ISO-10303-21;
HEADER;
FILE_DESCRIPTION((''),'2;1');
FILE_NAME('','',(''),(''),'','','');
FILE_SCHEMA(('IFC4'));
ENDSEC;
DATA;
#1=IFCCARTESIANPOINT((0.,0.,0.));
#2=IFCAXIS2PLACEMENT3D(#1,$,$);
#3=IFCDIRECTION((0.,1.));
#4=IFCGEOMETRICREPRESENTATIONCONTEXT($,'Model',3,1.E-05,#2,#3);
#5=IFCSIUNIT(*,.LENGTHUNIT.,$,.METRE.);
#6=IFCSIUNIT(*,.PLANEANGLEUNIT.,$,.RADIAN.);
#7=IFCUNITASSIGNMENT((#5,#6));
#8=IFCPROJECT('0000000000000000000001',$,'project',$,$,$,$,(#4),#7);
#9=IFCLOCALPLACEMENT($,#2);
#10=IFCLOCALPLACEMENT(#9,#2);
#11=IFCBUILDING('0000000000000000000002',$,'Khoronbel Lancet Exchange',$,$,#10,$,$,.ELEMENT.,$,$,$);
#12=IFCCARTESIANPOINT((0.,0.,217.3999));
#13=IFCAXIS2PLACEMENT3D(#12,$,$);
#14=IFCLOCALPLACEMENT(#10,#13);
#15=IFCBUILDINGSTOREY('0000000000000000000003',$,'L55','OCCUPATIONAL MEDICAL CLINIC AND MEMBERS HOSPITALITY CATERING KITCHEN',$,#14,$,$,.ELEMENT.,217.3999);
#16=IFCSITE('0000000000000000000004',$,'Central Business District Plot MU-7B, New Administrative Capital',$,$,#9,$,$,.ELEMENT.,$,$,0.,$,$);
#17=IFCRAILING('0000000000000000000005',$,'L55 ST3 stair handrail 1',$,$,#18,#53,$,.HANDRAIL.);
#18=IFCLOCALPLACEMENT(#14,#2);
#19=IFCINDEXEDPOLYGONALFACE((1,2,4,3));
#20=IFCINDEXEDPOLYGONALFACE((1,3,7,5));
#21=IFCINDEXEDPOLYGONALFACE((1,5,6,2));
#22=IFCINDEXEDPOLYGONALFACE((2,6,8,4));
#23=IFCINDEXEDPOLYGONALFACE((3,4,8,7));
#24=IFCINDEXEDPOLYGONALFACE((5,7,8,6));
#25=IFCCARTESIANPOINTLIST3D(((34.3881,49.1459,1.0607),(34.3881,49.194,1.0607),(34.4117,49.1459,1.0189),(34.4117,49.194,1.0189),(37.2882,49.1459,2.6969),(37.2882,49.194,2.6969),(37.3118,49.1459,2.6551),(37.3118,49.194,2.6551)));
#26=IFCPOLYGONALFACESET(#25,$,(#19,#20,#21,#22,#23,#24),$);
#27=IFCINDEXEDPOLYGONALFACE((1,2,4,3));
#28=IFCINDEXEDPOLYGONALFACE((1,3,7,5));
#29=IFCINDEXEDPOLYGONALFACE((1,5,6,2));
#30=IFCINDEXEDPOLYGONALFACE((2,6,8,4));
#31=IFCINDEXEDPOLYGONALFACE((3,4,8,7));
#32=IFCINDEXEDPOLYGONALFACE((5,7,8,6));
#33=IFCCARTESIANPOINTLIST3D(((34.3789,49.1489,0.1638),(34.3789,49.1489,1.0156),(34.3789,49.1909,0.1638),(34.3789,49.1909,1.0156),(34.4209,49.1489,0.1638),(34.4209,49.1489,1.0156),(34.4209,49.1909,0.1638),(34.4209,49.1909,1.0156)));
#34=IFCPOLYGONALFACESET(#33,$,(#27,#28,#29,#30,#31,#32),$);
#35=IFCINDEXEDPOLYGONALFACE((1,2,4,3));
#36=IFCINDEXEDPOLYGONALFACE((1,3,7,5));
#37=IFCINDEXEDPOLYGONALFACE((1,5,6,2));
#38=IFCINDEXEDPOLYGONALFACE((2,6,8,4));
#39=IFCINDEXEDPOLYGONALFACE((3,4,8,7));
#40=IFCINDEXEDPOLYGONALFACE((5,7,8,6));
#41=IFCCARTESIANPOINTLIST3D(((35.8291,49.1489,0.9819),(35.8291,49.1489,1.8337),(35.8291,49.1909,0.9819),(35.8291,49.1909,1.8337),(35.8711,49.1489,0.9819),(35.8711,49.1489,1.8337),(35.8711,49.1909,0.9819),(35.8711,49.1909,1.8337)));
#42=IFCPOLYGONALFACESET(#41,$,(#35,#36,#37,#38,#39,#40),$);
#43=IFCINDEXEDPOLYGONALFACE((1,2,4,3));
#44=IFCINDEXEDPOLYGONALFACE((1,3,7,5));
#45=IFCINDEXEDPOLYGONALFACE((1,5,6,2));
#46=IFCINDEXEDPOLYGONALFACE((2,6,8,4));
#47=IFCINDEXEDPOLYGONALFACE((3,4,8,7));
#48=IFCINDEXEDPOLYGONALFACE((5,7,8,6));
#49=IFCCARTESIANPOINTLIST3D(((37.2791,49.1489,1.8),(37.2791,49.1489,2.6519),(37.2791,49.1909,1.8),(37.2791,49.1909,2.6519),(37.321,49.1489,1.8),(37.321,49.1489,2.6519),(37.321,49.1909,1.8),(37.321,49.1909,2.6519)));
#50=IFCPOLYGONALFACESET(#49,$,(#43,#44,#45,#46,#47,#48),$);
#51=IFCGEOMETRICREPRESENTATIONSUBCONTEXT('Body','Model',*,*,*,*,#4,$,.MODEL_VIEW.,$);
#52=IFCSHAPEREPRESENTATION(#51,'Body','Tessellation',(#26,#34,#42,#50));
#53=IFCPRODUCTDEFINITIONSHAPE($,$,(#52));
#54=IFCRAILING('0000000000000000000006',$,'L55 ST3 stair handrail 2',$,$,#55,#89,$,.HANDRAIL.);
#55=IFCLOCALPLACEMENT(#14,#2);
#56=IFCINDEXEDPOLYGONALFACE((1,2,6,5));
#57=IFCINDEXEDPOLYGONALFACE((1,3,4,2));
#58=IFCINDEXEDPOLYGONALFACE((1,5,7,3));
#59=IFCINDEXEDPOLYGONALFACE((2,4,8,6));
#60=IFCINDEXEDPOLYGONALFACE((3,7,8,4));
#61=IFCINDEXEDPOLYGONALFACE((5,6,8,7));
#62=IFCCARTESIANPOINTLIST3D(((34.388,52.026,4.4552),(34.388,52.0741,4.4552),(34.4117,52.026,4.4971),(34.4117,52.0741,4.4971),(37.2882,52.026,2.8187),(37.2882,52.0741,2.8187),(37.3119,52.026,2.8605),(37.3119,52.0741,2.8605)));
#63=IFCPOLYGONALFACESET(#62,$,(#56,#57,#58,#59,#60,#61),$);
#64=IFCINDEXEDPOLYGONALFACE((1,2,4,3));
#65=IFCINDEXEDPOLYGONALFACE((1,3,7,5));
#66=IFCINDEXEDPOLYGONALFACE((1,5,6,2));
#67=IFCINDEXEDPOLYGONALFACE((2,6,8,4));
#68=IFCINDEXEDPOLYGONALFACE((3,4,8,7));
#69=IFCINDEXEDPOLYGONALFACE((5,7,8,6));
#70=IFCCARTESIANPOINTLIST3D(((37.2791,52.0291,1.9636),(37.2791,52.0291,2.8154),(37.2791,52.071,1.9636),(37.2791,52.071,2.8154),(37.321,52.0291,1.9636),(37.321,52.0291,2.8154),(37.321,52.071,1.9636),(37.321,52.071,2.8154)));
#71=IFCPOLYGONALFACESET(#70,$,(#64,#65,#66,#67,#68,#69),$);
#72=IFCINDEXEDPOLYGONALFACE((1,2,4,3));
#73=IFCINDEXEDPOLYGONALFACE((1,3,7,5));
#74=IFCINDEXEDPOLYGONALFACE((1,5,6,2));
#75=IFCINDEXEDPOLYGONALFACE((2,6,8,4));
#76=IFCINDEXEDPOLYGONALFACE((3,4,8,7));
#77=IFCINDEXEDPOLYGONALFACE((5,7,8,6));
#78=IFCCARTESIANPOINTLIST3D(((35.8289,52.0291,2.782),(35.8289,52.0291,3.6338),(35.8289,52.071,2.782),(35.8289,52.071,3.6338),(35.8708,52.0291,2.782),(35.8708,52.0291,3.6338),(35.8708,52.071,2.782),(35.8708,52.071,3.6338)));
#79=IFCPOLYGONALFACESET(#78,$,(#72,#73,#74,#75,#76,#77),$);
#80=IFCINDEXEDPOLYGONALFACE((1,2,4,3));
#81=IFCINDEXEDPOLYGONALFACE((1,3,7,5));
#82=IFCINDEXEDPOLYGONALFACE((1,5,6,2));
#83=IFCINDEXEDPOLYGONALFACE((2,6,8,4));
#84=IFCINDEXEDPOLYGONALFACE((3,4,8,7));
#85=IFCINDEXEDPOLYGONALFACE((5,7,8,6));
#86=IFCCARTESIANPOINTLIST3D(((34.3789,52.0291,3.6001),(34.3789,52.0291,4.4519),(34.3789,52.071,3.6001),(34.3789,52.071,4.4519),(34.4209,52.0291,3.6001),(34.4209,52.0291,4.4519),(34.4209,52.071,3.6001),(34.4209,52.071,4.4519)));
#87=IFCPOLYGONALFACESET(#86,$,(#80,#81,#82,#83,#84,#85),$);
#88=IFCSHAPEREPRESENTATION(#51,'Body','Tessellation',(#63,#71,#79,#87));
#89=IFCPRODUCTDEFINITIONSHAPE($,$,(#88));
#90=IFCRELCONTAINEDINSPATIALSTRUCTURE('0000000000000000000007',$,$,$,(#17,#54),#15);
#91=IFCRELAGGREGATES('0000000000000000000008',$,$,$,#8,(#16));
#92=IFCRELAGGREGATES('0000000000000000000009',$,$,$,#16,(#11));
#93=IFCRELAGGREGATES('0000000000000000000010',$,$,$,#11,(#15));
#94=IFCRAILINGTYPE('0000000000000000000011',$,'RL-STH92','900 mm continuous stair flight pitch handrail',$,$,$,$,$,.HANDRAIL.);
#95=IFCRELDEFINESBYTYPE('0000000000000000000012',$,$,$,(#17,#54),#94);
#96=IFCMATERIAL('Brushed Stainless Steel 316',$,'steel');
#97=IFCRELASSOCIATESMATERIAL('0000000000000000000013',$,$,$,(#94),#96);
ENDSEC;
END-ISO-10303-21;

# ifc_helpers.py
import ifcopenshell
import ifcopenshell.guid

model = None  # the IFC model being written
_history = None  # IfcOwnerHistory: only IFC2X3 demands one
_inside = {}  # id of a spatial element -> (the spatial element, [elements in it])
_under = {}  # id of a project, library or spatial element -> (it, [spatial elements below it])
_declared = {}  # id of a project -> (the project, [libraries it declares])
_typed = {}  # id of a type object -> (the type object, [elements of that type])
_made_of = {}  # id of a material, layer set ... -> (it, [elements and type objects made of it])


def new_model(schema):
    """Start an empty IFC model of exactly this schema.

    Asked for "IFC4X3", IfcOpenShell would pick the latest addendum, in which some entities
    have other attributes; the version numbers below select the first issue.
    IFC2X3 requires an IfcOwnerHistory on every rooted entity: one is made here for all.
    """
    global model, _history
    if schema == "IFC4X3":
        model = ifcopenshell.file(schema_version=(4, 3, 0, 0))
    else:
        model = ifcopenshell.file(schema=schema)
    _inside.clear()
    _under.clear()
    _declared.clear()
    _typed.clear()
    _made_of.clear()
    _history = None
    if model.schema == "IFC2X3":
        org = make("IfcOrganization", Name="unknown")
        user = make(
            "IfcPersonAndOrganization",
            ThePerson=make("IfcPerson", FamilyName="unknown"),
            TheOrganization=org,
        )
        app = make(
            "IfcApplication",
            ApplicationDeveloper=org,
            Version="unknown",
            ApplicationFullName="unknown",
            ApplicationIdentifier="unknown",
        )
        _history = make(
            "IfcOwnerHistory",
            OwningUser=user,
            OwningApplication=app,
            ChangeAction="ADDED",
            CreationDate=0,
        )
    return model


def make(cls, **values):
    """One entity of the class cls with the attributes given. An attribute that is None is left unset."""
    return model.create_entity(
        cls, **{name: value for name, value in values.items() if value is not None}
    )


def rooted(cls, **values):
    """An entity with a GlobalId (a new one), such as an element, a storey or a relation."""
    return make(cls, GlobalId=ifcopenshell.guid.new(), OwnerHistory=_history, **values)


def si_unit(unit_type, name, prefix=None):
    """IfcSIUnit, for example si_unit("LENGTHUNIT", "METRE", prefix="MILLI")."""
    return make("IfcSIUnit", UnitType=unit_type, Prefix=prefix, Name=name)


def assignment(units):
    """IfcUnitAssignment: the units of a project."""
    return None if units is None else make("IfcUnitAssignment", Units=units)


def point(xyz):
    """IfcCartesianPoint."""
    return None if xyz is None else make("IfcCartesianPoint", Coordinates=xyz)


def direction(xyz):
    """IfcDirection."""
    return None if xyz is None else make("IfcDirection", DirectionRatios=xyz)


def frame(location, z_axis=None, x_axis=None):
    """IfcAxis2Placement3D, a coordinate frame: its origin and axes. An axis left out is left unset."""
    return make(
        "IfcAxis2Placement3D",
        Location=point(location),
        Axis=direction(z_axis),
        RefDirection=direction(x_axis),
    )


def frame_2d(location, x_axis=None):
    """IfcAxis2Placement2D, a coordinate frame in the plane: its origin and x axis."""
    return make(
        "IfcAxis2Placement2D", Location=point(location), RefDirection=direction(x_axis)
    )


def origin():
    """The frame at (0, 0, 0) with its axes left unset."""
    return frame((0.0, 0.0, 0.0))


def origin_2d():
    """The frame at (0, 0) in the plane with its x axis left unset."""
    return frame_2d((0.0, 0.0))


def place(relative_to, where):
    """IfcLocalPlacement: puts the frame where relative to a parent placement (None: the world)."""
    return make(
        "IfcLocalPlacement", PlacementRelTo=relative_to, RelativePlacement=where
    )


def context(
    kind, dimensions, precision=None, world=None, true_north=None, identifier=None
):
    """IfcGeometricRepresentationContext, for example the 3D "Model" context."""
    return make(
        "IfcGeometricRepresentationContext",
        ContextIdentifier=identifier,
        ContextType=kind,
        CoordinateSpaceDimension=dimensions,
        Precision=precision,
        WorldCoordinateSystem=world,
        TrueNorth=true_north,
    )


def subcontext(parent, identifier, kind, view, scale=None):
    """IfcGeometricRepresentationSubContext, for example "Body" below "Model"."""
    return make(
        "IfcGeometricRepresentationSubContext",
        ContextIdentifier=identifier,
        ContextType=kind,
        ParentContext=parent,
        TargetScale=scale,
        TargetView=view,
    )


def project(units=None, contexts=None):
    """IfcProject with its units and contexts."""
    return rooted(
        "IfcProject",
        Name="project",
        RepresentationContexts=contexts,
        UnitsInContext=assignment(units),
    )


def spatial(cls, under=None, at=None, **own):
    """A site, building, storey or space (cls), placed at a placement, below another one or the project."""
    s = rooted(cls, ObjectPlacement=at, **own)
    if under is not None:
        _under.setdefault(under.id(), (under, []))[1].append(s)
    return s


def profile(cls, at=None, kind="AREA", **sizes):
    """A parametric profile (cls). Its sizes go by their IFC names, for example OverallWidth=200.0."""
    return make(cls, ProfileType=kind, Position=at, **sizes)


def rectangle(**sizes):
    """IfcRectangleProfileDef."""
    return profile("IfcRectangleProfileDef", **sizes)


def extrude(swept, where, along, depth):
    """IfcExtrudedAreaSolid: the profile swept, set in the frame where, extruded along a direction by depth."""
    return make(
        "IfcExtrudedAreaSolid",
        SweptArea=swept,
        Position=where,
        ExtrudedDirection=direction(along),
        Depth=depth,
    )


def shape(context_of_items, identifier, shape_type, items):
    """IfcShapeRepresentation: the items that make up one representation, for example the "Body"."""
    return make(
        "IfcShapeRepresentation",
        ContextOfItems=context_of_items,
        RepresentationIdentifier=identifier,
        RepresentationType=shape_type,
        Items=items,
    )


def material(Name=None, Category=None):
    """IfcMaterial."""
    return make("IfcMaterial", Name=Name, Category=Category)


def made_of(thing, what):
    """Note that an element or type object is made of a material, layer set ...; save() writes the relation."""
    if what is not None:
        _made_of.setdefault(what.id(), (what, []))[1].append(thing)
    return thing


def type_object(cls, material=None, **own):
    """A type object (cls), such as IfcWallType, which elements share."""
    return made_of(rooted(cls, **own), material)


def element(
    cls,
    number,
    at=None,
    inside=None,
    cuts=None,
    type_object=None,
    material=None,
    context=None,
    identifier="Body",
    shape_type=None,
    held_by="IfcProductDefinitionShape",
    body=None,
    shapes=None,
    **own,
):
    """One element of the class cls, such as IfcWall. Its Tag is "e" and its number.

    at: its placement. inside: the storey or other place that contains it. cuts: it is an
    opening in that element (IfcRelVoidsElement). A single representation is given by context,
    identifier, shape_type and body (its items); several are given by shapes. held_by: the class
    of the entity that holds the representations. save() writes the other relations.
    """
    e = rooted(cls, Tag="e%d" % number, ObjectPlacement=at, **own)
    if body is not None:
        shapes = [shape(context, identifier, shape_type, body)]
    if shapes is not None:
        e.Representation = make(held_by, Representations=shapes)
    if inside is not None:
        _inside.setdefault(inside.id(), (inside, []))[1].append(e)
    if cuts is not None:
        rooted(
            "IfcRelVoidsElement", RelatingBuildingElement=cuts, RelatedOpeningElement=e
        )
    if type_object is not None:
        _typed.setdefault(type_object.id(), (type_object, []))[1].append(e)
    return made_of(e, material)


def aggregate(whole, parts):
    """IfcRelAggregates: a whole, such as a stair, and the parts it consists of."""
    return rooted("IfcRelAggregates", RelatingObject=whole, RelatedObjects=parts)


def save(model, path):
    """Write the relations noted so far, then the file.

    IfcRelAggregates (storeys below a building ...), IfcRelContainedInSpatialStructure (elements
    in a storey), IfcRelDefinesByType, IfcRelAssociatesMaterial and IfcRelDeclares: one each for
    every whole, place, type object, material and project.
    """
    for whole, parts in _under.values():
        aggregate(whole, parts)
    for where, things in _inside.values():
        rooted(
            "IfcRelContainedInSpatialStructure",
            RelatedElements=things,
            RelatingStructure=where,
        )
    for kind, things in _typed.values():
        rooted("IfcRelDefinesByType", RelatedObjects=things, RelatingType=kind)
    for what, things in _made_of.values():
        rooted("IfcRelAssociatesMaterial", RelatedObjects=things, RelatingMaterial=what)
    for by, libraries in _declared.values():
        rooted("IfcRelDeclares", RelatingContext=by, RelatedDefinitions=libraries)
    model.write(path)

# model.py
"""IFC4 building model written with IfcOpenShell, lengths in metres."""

from ifc_helpers import new_model, si_unit, direction, frame, origin, origin_2d, place, context, subcontext, project, spatial, rectangle, extrude, material, type_object, element, save


model = new_model("IFC4")

# Units and contexts
model_context = context("Model", 3, precision=1e-05, world=origin(), true_north=direction((0.0, 1.0)))
body_context = subcontext(model_context, "Body", "Model", "MODEL_VIEW")
ifc_project = project(units=[si_unit("LENGTHUNIT", "METRE"), si_unit("PLANEANGLEUNIT", "RADIAN")], contexts=[model_context])

# Site, building, storey
site_placement = place(None, origin())
site = spatial("IfcSite", under=ifc_project, at=site_placement, Name="Central Business District Plot MU-7B, New Administrative Capital", CompositionType="ELEMENT", RefElevation=0.0)
building_placement = place(site_placement, origin())
building = spatial("IfcBuilding", under=site, at=building_placement, Name="Khoronbel Lancet Exchange", CompositionType="ELEMENT")
storey_placement = place(building_placement, frame((0.0, 0.0, 217.3999)))
storey = spatial("IfcBuildingStorey", under=building, at=storey_placement, Name="L55", Description="OCCUPATIONAL MEDICAL CLINIC AND MEMBERS HOSPITALITY CATERING KITCHEN", CompositionType="ELEMENT", Elevation=217.3999)

# Railings
ifc_material_1 = material(Name="Brushed Stainless Steel 316", Category="steel")
railing_type_1 = type_object("IfcRailingType", Name="RL-STH92", Description="900 mm continuous stair flight pitch handrail", PredefinedType="HANDRAIL", material=ifc_material_1)
railing_1_placement = place(storey_placement, frame((34.3999, 49.1699, 0.1638)))
element("IfcRailing", 1, at=railing_1_placement, inside=storey, type_object=railing_type_1, Name="L55 ST3 stair handrail 1", PredefinedType="HANDRAIL", context=body_context, shape_type="SweptSolid", body=[
    extrude(rectangle(XDim=0.0481, YDim=0.0481, at=origin_2d()), frame((0.0, 0.0, 0.876), z_axis=(0.870946, 0.0, 0.491378), x_axis=(0.0, 1.0, 0.0)), (0.0, 0.0, 1.0), 3.3298),
    extrude(rectangle(XDim=0.042, YDim=0.042, at=origin_2d()), origin(), (0.0, 0.0, 1.0), 0.8518),
    extrude(rectangle(XDim=0.042, YDim=0.042, at=origin_2d()), frame((1.4502, 0.0, 0.8181)), (0.0, 0.0, 1.0), 0.8518),
    extrude(rectangle(XDim=0.042, YDim=0.042, at=origin_2d()), frame((2.9001, 0.0, 1.6362)), (0.0, 0.0, 1.0), 0.8518),
])
railing_2_placement = place(storey_placement, frame((37.3, 52.05, 1.9636)))
element("IfcRailing", 2, at=railing_2_placement, inside=storey, type_object=railing_type_1, Name="L55 ST3 stair handrail 2", PredefinedType="HANDRAIL", context=body_context, shape_type="SweptSolid", body=[
    extrude(rectangle(XDim=0.0481, YDim=0.0481, at=origin_2d()), frame((0.0, 0.0, 0.876), z_axis=(-0.870915, 0.0, 0.491434), x_axis=(0.0, -1.0, 0.0)), (0.0, 0.0, 1.0), 3.3301),
    extrude(rectangle(XDim=0.042, YDim=0.042, at=origin_2d()), origin(), (0.0, 0.0, 1.0), 0.8518),
    extrude(rectangle(XDim=0.042, YDim=0.042, at=origin_2d()), frame((-1.4502, 0.0, 0.8184)), (0.0, 0.0, 1.0), 0.8518),
    extrude(rectangle(XDim=0.042, YDim=0.042, at=origin_2d()), frame((-2.9001, 0.0, 1.6365)), (0.0, 0.0, 1.0), 0.8518),
])

save(model, "model.ifc")
